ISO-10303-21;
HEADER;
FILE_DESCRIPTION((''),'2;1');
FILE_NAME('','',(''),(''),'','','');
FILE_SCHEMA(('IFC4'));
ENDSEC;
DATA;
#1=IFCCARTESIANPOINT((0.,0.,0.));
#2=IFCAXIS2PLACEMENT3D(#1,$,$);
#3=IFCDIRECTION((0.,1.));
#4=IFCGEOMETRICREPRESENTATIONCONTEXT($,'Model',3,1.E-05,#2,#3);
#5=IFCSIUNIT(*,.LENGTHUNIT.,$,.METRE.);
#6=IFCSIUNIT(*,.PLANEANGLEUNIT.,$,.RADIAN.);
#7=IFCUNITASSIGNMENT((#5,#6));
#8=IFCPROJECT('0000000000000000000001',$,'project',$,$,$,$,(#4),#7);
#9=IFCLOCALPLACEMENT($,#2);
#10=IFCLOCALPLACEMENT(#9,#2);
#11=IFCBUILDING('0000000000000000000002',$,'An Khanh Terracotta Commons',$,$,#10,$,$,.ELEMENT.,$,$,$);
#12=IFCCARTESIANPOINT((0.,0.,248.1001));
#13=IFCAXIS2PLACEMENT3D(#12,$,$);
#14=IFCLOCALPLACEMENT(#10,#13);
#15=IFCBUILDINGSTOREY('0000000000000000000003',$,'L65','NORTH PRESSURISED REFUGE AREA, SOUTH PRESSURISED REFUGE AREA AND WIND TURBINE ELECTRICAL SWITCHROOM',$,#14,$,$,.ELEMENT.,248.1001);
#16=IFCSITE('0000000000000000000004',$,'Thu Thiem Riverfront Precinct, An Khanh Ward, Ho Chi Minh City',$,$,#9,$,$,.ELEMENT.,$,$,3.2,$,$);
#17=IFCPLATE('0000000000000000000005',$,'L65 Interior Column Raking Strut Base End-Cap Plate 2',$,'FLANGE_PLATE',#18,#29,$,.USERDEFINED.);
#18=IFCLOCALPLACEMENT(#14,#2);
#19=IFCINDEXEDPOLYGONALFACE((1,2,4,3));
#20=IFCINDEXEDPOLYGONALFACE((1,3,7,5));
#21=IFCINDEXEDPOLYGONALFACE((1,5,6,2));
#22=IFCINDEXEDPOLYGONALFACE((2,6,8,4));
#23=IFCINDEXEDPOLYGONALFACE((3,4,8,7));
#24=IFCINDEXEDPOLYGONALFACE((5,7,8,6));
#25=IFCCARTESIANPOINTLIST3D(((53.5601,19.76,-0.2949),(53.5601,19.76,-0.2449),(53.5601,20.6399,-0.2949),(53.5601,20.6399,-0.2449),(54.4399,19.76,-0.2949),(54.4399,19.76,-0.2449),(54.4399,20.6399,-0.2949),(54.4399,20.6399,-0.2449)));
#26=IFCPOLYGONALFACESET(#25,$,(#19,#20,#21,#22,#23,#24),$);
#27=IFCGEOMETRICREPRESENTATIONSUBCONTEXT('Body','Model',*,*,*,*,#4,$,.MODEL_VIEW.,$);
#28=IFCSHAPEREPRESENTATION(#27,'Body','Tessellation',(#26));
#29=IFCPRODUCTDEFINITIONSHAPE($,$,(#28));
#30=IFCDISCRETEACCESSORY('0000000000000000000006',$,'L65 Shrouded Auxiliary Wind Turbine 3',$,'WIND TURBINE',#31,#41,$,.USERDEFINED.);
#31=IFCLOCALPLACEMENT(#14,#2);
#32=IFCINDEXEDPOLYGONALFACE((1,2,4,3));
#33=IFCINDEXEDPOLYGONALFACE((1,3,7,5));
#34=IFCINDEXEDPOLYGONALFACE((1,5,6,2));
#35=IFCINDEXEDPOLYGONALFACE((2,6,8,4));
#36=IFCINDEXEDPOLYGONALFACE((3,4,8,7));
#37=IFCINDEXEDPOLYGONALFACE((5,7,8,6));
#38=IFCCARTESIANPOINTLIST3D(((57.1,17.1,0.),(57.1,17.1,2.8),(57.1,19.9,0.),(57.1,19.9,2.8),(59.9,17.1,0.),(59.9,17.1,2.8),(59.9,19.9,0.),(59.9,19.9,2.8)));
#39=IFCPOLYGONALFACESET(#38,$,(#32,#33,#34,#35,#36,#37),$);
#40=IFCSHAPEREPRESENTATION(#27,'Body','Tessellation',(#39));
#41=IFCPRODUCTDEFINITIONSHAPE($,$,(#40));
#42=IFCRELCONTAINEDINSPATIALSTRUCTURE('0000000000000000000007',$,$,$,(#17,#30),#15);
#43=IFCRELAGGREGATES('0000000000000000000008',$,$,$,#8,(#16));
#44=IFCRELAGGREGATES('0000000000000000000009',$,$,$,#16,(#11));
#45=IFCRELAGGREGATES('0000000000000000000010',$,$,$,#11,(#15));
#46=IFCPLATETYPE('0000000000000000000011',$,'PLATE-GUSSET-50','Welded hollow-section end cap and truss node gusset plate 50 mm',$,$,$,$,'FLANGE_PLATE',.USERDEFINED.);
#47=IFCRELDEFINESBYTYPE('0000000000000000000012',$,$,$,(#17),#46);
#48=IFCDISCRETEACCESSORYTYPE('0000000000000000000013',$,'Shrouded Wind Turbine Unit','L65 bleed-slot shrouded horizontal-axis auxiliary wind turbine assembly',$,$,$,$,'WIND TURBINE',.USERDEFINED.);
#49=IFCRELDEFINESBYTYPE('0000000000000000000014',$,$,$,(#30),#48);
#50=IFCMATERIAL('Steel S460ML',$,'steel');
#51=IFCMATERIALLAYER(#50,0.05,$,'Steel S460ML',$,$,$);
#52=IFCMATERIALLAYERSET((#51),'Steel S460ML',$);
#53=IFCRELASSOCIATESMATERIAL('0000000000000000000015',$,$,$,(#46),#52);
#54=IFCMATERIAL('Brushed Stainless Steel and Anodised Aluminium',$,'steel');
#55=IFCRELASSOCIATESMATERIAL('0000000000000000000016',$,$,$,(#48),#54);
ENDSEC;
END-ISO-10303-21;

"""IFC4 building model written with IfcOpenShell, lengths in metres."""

from ifc_helpers import new_model, si_unit, direction, frame, origin, origin_2d, place, context, subcontext, project, spatial, rectangle, extrude, material, layer, layer_set, type_object, element, save


model = new_model("IFC4")

# Units and contexts
model_context = context("Model", 3, precision=1e-05, world=origin(), true_north=direction((0.0, 1.0)))
body_context = subcontext(model_context, "Body", "Model", "MODEL_VIEW")
ifc_project = project(units=[si_unit("LENGTHUNIT", "METRE"), si_unit("PLANEANGLEUNIT", "RADIAN")], contexts=[model_context])

# Site, building, storey
site_placement = place(None, origin())
site = spatial("IfcSite", under=ifc_project, at=site_placement, Name="Thu Thiem Riverfront Precinct, An Khanh Ward, Ho Chi Minh City", CompositionType="ELEMENT", RefElevation=3.2)
building_placement = place(site_placement, origin())
building = spatial("IfcBuilding", under=site, at=building_placement, Name="An Khanh Terracotta Commons", CompositionType="ELEMENT")
storey_placement = place(building_placement, frame((0.0, 0.0, 248.1001)))
storey = spatial("IfcBuildingStorey", under=building, at=storey_placement, Name="L65", Description="NORTH PRESSURISED REFUGE AREA, SOUTH PRESSURISED REFUGE AREA AND WIND TURBINE ELECTRICAL SWITCHROOM", CompositionType="ELEMENT", Elevation=248.1001)

# Shared definitions
ifc_material_1 = material(Name="Steel S460ML", Category="steel")

# Plate
ifc_layer_1 = layer(ifc_material_1, 0.05, Name="Steel S460ML")
ifc_layer_set_1 = layer_set([ifc_layer_1], Name="Steel S460ML")
plate_type_1 = type_object("IfcPlateType", Name="PLATE-GUSSET-50", Description="Welded hollow-section end cap and truss node gusset plate 50 mm", ElementType="FLANGE_PLATE", PredefinedType="USERDEFINED", material=ifc_layer_set_1)
for number, where, z_axis, x_axis, name in (
    (1, (54.0, 20.2, -0.2949), (0.0, 0.0, 1.0), (1.0, 0.0, 0.0), "L65 Interior Column Raking Strut Base End-Cap Plate 2"),
):
    element("IfcPlate", number, at=place(storey_placement, frame(where, z_axis=z_axis, x_axis=x_axis)), inside=storey, type_object=plate_type_1, Name=name, ObjectType="FLANGE_PLATE", PredefinedType="USERDEFINED", context=body_context, shape_type="SweptSolid", body=[
        extrude(rectangle(XDim=0.8799, YDim=0.8799, at=origin_2d()), origin(), (0.0, 0.0, 1.0), 0.05),
    ])

# Discrete accessory
ifc_material_2 = material(Name="Brushed Stainless Steel and Anodised Aluminium", Category="steel")
discrete_accessory_type = type_object("IfcDiscreteAccessoryType", Name="Shrouded Wind Turbine Unit", Description="L65 bleed-slot shrouded horizontal-axis auxiliary wind turbine assembly", ElementType="WIND TURBINE", PredefinedType="USERDEFINED", material=ifc_material_2)
discrete_accessory_placement = place(storey_placement, frame((58.5, 18.5, 0.0), z_axis=(0.0, 0.0, 1.0), x_axis=(1.0, 0.0, 0.0)))
element("IfcDiscreteAccessory", 2, at=discrete_accessory_placement, inside=storey, type_object=discrete_accessory_type, Name="L65 Shrouded Auxiliary Wind Turbine 3", ObjectType="WIND TURBINE", PredefinedType="USERDEFINED", context=body_context, shape_type="SweptSolid", body=[
    extrude(rectangle(XDim=2.8, YDim=2.8, at=origin_2d()), origin(), (0.0, 0.0, 1.0), 2.8),
])

save(model, "model.ifc")
